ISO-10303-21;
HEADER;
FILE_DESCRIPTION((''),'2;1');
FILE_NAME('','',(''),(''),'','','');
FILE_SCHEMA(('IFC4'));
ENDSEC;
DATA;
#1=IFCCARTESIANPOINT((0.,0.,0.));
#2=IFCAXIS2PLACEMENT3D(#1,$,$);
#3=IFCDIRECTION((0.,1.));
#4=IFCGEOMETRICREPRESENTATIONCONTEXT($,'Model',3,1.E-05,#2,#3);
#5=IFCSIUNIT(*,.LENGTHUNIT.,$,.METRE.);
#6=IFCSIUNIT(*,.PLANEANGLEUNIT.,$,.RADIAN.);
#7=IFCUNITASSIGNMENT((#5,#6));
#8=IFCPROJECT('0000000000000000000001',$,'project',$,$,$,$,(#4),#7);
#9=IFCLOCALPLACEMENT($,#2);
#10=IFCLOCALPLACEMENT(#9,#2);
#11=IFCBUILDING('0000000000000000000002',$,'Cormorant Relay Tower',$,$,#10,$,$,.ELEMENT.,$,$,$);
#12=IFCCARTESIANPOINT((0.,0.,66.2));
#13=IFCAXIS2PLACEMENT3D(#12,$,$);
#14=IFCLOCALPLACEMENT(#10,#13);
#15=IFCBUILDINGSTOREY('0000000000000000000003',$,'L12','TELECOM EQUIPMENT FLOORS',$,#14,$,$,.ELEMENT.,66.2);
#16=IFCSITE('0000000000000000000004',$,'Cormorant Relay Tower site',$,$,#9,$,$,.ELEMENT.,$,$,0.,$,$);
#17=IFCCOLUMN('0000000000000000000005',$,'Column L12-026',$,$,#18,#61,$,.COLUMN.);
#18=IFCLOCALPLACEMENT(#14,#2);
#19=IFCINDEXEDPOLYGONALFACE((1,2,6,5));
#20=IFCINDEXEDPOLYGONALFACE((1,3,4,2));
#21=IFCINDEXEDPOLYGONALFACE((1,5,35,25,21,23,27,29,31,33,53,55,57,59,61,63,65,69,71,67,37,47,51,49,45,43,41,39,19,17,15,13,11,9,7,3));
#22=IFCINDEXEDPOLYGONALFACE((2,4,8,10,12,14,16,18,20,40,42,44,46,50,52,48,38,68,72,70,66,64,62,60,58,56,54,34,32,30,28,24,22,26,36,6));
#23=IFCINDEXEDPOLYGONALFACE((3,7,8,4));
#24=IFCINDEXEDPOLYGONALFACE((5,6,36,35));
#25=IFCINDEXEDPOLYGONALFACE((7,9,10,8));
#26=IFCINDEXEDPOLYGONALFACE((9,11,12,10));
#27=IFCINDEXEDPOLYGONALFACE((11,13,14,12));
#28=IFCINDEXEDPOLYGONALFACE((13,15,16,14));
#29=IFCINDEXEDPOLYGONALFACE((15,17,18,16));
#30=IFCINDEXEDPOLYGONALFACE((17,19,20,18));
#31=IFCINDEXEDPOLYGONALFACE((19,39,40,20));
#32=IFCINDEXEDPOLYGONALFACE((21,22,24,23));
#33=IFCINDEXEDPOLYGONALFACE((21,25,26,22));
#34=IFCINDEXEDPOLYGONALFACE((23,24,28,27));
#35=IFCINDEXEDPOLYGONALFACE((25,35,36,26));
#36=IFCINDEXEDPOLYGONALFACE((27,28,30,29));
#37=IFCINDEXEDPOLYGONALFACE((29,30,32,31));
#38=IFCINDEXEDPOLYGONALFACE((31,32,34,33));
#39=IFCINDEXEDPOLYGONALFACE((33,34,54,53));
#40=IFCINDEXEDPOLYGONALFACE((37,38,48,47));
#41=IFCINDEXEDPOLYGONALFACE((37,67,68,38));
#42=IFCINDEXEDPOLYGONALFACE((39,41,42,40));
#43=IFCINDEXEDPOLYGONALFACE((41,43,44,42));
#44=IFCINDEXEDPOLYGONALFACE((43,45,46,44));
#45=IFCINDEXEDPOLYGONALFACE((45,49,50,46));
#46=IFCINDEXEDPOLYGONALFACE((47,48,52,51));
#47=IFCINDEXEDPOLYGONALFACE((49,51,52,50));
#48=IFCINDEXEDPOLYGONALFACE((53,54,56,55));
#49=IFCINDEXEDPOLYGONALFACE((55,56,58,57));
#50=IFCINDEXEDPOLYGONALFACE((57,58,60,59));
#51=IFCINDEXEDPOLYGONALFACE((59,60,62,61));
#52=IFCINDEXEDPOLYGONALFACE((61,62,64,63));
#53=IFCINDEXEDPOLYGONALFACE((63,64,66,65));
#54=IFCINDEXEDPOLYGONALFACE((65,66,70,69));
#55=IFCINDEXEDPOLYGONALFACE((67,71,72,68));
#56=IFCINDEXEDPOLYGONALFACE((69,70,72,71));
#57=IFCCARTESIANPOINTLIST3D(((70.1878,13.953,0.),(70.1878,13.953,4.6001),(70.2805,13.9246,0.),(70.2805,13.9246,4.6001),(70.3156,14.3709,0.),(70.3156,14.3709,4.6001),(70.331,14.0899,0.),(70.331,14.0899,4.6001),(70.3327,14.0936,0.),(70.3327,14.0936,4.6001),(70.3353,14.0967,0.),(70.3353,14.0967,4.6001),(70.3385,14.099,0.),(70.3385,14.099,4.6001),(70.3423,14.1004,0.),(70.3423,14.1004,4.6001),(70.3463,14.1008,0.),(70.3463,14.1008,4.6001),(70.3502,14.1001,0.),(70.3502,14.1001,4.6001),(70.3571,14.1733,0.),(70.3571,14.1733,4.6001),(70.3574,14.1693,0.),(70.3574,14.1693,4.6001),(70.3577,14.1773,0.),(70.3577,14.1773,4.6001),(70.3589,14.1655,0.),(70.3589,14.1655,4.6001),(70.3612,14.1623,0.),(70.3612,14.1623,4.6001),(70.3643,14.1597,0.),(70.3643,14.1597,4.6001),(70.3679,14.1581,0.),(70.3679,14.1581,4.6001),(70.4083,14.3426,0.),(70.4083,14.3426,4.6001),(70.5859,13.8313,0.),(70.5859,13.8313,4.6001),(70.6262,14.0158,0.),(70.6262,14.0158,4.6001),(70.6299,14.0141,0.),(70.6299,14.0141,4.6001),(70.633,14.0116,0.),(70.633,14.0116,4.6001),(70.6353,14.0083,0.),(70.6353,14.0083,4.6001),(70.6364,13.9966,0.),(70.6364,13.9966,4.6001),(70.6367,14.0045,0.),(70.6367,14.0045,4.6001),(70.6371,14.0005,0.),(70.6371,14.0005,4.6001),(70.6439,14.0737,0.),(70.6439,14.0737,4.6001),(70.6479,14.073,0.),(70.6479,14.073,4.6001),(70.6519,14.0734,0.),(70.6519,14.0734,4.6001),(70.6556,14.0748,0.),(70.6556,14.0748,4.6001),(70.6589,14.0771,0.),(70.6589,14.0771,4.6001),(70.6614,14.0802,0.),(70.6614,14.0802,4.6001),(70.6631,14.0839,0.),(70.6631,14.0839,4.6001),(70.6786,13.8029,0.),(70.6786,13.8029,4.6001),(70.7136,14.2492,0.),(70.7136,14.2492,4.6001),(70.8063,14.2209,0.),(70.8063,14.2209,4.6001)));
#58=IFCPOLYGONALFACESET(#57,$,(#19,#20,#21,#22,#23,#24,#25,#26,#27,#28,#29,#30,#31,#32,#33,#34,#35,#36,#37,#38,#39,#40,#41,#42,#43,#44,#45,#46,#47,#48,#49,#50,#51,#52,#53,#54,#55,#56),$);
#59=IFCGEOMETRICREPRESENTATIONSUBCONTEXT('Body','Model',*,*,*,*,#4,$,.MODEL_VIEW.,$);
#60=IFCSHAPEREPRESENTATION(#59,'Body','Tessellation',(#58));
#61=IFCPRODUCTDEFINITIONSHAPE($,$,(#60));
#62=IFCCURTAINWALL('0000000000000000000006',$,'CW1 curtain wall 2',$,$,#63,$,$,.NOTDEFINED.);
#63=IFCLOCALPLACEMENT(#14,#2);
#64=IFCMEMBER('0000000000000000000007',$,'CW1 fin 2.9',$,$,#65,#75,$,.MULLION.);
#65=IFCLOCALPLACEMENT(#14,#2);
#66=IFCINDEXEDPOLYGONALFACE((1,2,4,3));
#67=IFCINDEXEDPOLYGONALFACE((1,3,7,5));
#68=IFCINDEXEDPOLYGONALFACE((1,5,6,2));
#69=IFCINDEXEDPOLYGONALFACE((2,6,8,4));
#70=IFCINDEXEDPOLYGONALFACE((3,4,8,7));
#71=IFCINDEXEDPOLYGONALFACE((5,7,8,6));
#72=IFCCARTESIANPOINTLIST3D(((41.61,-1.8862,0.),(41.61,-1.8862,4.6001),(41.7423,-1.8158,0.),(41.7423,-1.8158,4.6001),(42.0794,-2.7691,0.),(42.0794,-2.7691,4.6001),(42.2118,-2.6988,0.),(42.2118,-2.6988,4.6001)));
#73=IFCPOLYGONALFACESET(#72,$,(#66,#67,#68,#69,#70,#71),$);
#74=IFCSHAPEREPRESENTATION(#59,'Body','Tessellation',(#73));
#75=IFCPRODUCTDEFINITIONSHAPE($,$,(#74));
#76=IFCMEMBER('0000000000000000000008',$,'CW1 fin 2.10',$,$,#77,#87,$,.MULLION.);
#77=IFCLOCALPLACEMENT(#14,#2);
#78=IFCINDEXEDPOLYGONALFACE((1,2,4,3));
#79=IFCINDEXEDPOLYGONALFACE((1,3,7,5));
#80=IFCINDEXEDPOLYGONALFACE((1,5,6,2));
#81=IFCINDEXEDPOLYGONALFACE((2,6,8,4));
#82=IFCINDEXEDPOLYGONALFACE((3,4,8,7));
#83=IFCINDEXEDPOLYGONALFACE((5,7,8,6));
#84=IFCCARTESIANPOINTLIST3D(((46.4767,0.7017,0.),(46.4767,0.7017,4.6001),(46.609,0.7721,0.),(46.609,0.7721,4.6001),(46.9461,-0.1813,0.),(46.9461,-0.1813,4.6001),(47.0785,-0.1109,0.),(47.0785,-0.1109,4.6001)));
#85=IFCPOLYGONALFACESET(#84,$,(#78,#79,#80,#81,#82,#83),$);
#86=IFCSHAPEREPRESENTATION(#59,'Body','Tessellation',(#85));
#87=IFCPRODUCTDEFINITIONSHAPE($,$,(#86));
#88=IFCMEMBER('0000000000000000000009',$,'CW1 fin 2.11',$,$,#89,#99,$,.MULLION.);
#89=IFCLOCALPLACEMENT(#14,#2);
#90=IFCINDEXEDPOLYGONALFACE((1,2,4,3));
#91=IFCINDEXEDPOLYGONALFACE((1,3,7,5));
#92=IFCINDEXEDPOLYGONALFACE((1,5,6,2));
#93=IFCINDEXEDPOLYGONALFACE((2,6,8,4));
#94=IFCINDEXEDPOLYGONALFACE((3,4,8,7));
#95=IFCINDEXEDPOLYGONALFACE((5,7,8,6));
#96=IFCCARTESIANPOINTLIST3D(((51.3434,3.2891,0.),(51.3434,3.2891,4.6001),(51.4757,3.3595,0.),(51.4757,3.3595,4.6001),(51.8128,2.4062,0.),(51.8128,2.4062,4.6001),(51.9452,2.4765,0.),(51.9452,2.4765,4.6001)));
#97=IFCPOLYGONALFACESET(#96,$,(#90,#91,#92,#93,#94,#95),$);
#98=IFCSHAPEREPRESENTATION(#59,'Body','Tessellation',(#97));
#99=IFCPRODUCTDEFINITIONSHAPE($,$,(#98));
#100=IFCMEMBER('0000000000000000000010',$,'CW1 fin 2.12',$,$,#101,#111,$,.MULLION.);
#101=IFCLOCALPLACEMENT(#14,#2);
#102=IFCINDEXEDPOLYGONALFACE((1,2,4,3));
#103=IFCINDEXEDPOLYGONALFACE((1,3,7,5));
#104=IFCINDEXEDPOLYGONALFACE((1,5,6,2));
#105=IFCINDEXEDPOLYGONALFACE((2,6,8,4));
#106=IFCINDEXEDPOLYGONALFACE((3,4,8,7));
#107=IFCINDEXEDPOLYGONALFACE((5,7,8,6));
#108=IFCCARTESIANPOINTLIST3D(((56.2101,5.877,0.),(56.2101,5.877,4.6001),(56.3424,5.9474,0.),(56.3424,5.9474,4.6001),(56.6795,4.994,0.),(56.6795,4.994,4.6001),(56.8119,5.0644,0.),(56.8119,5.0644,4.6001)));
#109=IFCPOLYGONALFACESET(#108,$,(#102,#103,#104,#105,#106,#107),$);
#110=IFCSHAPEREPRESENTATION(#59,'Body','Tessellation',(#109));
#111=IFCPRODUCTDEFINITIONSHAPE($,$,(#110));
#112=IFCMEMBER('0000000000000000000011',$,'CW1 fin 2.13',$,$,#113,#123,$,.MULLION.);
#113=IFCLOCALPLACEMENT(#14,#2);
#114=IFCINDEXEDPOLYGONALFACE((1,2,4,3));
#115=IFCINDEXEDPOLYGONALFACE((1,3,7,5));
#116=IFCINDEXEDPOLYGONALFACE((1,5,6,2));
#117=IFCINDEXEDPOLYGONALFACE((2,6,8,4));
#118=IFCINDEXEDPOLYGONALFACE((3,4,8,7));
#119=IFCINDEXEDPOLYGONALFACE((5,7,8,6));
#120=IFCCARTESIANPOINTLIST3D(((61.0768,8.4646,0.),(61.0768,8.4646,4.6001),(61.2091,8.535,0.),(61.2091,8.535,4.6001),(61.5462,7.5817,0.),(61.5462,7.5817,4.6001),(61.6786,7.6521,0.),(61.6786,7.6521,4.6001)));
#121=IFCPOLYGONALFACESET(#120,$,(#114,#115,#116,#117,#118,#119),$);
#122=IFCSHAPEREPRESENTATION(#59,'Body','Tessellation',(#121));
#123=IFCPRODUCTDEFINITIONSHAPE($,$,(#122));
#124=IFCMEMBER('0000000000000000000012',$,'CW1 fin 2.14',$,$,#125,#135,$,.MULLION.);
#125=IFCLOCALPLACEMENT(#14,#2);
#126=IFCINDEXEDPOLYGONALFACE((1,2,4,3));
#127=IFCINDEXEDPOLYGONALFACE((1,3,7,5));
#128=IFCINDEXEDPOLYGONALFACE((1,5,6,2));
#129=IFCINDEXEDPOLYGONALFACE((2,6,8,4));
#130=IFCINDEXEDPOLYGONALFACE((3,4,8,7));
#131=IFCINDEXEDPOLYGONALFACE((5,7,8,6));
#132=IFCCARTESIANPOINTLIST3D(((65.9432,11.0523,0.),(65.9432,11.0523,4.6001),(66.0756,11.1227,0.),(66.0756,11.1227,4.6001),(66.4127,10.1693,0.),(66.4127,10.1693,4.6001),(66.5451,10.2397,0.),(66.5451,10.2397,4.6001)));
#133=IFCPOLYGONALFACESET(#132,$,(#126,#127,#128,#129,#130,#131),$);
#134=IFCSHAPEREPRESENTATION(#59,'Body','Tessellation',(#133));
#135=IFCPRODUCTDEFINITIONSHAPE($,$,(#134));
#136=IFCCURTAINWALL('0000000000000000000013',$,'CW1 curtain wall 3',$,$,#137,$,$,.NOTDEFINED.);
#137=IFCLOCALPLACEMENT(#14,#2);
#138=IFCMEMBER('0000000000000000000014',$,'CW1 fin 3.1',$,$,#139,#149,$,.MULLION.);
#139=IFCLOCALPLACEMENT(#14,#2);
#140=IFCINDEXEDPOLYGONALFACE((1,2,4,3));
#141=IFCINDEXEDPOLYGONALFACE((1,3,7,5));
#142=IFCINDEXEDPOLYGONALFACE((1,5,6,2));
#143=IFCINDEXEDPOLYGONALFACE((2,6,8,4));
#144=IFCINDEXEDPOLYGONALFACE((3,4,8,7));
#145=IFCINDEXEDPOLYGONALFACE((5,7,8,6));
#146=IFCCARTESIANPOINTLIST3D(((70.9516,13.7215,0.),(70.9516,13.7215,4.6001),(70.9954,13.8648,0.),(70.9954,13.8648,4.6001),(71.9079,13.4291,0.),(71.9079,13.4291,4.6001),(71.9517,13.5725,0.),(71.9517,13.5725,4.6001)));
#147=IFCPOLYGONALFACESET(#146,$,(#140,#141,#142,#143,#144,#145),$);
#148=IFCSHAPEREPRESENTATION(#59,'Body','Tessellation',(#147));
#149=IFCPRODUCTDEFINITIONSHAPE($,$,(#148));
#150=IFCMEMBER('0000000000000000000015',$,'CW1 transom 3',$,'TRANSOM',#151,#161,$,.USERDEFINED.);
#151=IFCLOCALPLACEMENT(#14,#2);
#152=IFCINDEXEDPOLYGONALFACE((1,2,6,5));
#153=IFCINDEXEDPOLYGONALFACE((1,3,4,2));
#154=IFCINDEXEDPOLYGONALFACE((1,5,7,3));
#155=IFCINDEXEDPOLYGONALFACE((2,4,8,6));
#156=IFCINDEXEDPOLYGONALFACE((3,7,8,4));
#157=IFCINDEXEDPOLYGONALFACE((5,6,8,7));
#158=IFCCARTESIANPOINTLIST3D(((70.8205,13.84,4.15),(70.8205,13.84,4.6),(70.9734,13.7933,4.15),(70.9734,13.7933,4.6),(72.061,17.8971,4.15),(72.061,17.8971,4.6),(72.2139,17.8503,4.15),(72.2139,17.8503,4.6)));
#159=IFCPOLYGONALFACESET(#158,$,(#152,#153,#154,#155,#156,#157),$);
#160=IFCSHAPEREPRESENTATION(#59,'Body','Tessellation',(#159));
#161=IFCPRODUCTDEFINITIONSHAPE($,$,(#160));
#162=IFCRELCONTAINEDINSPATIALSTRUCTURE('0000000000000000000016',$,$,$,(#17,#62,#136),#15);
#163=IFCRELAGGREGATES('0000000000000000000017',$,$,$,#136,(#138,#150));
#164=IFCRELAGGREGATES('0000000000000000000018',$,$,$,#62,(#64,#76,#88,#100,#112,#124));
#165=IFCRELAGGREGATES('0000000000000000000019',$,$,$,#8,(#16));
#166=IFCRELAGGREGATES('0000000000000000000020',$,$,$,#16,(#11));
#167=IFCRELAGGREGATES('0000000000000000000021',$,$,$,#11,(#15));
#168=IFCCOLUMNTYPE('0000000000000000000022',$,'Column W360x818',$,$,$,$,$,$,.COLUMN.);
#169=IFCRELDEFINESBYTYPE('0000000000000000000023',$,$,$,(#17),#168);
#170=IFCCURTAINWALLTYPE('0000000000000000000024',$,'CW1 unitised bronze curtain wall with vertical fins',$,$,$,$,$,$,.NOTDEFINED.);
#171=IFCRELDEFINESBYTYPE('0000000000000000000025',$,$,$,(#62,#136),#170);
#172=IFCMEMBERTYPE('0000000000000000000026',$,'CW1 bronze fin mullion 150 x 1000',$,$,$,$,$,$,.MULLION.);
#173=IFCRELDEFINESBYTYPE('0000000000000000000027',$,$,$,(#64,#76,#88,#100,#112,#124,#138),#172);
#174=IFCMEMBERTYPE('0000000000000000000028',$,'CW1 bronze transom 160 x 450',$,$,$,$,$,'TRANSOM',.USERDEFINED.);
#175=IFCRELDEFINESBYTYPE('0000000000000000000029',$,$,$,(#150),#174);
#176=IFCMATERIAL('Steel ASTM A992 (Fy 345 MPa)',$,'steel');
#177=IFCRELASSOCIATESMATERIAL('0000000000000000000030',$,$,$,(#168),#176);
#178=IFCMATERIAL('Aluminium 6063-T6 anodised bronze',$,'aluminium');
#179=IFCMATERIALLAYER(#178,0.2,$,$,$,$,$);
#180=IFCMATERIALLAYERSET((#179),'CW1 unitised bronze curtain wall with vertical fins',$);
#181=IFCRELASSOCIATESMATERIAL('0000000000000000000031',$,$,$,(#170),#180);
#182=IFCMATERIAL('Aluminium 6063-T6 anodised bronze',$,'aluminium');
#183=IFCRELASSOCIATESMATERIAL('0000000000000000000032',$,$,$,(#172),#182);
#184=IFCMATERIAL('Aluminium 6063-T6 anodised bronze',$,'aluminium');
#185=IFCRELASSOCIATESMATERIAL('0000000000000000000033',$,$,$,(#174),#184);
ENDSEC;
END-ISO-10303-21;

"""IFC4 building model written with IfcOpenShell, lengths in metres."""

from ifc_helpers import new_model, si_unit, direction, frame, origin, origin_2d, place, context, subcontext, project, spatial, rectangle, i_section, extrude, material, layer, layer_set, material_profile, profile_set, type_object, element, aggregate, save


model = new_model("IFC4")

# Units and contexts
model_context = context("Model", 3, precision=1e-05, world=origin(), true_north=direction((0.0, 1.0)))
body_context = subcontext(model_context, "Body", "Model", "MODEL_VIEW")
ifc_project = project(units=[si_unit("LENGTHUNIT", "METRE"), si_unit("PLANEANGLEUNIT", "RADIAN")], contexts=[model_context])

# Site, building, storey
site_placement = place(None, origin())
site = spatial("IfcSite", under=ifc_project, at=site_placement, Name="Cormorant Relay Tower site", CompositionType="ELEMENT", RefElevation=0.0)
building_placement = place(site_placement, origin())
building = spatial("IfcBuilding", under=site, at=building_placement, Name="Cormorant Relay Tower", CompositionType="ELEMENT")
storey_placement = place(building_placement, frame((0.0, 0.0, 66.2)))
storey = spatial("IfcBuildingStorey", under=building, at=storey_placement, Name="L12", Description="TELECOM EQUIPMENT FLOORS", CompositionType="ELEMENT", Elevation=66.2)

# Column
ifc_material_1 = material(Name="Steel ASTM A992 (Fy 345 MPa)", Category="steel")
ifc_material_profile_1 = material_profile(ifc_material_1, i_section(OverallWidth=0.437, OverallDepth=0.5132, WebThickness=0.0605, FlangeThickness=0.0969, FilletRadius=0.0154, at=origin_2d()), Name="W360x818")
ifc_profile_set_1 = profile_set([ifc_material_profile_1], Name="Steel ASTM A992 (Fy 345 MPa)")
column_type_1 = type_object("IfcColumnType", Name="Column W360x818", PredefinedType="COLUMN", material=ifc_profile_set_1)
for number, where, z_axis, x_axis, name in (
    (1, (70.4971, 14.0869, 0.0), (0.0, 0.0, 1.0), (0.292372, 0.956305, 0.0), "Column L12-026"),
):
    element("IfcColumn", number, at=place(storey_placement, frame(where, z_axis=z_axis, x_axis=x_axis)), inside=storey, type_object=column_type_1, Name=name, PredefinedType="COLUMN", context=body_context, shape_type="SweptSolid", body=[
        extrude(i_section(OverallWidth=0.437, OverallDepth=0.5132, WebThickness=0.0605, FlangeThickness=0.0969, FilletRadius=0.0154, at=origin_2d()), origin(), (0.0, 0.0, 1.0), 4.6001),
    ])

# Curtain walls, members
ifc_material_2 = material(Name="Aluminium 6063-T6 anodised bronze", Category="aluminium")
ifc_layer_1 = layer(ifc_material_2, 0.2)
ifc_layer_set_1 = layer_set([ifc_layer_1], Name="CW1 unitised bronze curtain wall with vertical fins")
curtain_wall_type = type_object("IfcCurtainWallType", Name="CW1 unitised bronze curtain wall with vertical fins", PredefinedType="NOTDEFINED", material=ifc_layer_set_1)
curtain_wall_1_placement = place(storey_placement, origin())
curtain_wall_1 = element("IfcCurtainWall", 2, at=curtain_wall_1_placement, inside=storey, type_object=curtain_wall_type, Name="CW1 curtain wall 2", PredefinedType="NOTDEFINED")
ifc_material_3 = material(Name="Aluminium 6063-T6 anodised bronze", Category="aluminium")
ifc_material_profile_2 = material_profile(ifc_material_3, rectangle(XDim=0.1499, YDim=1.0, at=origin_2d()), Name="AL 150x1000")
ifc_profile_set_2 = profile_set([ifc_material_profile_2], Name="Aluminium 6063-T6 anodised bronze")
member_type_1 = type_object("IfcMemberType", Name="CW1 bronze fin mullion 150 x 1000", PredefinedType="MULLION", material=ifc_profile_set_2)
member_1_placement = place(storey_placement, frame((41.9109, -2.2925, 0.0), z_axis=(0.0, 0.0, 1.0), x_axis=(0.882948, 0.469472, 0.0)))
member_1 = element("IfcMember", 3, at=member_1_placement, type_object=member_type_1, Name="CW1 fin 2.9", PredefinedType="MULLION", context=body_context, shape_type="SweptSolid", body=[
    extrude(rectangle(XDim=0.1499, YDim=1.0, at=origin_2d()), origin(), (0.0, 0.0, 1.0), 4.6001),
])
member_2_placement = place(storey_placement, frame((46.7776, 0.2954, 0.0), z_axis=(0.0, 0.0, 1.0), x_axis=(0.882948, 0.469472, 0.0)))
member_2 = element("IfcMember", 4, at=member_2_placement, type_object=member_type_1, Name="CW1 fin 2.10", PredefinedType="MULLION", context=body_context, shape_type="SweptSolid", body=[
    extrude(rectangle(XDim=0.1499, YDim=1.0, at=origin_2d()), origin(), (0.0, 0.0, 1.0), 4.6001),
])
member_3_placement = place(storey_placement, frame((51.6443, 2.8828, 0.0), z_axis=(0.0, 0.0, 1.0), x_axis=(0.882948, 0.469472, 0.0)))
member_3 = element("IfcMember", 5, at=member_3_placement, type_object=member_type_1, Name="CW1 fin 2.11", PredefinedType="MULLION", context=body_context, shape_type="SweptSolid", body=[
    extrude(rectangle(XDim=0.1499, YDim=1.0, at=origin_2d()), origin(), (0.0, 0.0, 1.0), 4.6001),
])
member_4_placement = place(storey_placement, frame((56.511, 5.4707, 0.0), z_axis=(0.0, 0.0, 1.0), x_axis=(0.882948, 0.469472, 0.0)))
member_4 = element("IfcMember", 6, at=member_4_placement, type_object=member_type_1, Name="CW1 fin 2.12", PredefinedType="MULLION", context=body_context, shape_type="SweptSolid", body=[
    extrude(rectangle(XDim=0.1499, YDim=1.0, at=origin_2d()), origin(), (0.0, 0.0, 1.0), 4.6001),
])
member_5_placement = place(storey_placement, frame((61.3777, 8.0583, 0.0), z_axis=(0.0, 0.0, 1.0), x_axis=(0.882948, 0.469472, 0.0)))
member_5 = element("IfcMember", 7, at=member_5_placement, type_object=member_type_1, Name="CW1 fin 2.13", PredefinedType="MULLION", context=body_context, shape_type="SweptSolid", body=[
    extrude(rectangle(XDim=0.1499, YDim=1.0, at=origin_2d()), origin(), (0.0, 0.0, 1.0), 4.6001),
])
member_6_placement = place(storey_placement, frame((66.2441, 10.646, 0.0), z_axis=(0.0, 0.0, 1.0), x_axis=(0.882948, 0.469472, 0.0)))
member_6 = element("IfcMember", 8, at=member_6_placement, type_object=member_type_1, Name="CW1 fin 2.14", PredefinedType="MULLION", context=body_context, shape_type="SweptSolid", body=[
    extrude(rectangle(XDim=0.1499, YDim=1.0, at=origin_2d()), origin(), (0.0, 0.0, 1.0), 4.6001),
])
curtain_wall_2_placement = place(storey_placement, origin())
curtain_wall_2 = element("IfcCurtainWall", 9, at=curtain_wall_2_placement, inside=storey, type_object=curtain_wall_type, Name="CW1 curtain wall 3", PredefinedType="NOTDEFINED")
member_7_placement = place(storey_placement, frame((71.4517, 13.647, 0.0), z_axis=(0.0, 0.0, 1.0), x_axis=(0.292372, 0.956305, 0.0)))
member_7 = element("IfcMember", 10, at=member_7_placement, type_object=member_type_1, Name="CW1 fin 3.1", PredefinedType="MULLION", context=body_context, shape_type="SweptSolid", body=[
    extrude(rectangle(XDim=0.1499, YDim=1.0, at=origin_2d()), origin(), (0.0, 0.0, 1.0), 4.6001),
])
ifc_material_4 = material(Name="Aluminium 6063-T6 anodised bronze", Category="aluminium")
ifc_material_profile_3 = material_profile(ifc_material_4, rectangle(XDim=0.1599, YDim=0.45, at=origin_2d()), Name="AL 160x450")
ifc_profile_set_3 = profile_set([ifc_material_profile_3], Name="Aluminium 6063-T6 anodised bronze")
member_type_2 = type_object("IfcMemberType", Name="CW1 bronze transom 160 x 450", ElementType="TRANSOM", PredefinedType="USERDEFINED", material=ifc_profile_set_3)
member_8_placement = place(storey_placement, frame((70.897, 13.8167, 4.375), z_axis=(0.292391, 0.956299, 0.0), x_axis=(-0.956299, 0.292391, 0.0)))
member_8 = element("IfcMember", 11, at=member_8_placement, type_object=member_type_2, Name="CW1 transom 3", ObjectType="TRANSOM", PredefinedType="USERDEFINED", context=body_context, shape_type="SweptSolid", body=[
    extrude(rectangle(XDim=0.1599, YDim=0.45, at=origin_2d()), origin(), (0.0, 0.0, 1.0), 4.2424),
])
aggregate(curtain_wall_2, [member_7, member_8])

aggregate(curtain_wall_1, [member_1, member_2, member_3, member_4, member_5, member_6])

save(model, "model.ifc")
